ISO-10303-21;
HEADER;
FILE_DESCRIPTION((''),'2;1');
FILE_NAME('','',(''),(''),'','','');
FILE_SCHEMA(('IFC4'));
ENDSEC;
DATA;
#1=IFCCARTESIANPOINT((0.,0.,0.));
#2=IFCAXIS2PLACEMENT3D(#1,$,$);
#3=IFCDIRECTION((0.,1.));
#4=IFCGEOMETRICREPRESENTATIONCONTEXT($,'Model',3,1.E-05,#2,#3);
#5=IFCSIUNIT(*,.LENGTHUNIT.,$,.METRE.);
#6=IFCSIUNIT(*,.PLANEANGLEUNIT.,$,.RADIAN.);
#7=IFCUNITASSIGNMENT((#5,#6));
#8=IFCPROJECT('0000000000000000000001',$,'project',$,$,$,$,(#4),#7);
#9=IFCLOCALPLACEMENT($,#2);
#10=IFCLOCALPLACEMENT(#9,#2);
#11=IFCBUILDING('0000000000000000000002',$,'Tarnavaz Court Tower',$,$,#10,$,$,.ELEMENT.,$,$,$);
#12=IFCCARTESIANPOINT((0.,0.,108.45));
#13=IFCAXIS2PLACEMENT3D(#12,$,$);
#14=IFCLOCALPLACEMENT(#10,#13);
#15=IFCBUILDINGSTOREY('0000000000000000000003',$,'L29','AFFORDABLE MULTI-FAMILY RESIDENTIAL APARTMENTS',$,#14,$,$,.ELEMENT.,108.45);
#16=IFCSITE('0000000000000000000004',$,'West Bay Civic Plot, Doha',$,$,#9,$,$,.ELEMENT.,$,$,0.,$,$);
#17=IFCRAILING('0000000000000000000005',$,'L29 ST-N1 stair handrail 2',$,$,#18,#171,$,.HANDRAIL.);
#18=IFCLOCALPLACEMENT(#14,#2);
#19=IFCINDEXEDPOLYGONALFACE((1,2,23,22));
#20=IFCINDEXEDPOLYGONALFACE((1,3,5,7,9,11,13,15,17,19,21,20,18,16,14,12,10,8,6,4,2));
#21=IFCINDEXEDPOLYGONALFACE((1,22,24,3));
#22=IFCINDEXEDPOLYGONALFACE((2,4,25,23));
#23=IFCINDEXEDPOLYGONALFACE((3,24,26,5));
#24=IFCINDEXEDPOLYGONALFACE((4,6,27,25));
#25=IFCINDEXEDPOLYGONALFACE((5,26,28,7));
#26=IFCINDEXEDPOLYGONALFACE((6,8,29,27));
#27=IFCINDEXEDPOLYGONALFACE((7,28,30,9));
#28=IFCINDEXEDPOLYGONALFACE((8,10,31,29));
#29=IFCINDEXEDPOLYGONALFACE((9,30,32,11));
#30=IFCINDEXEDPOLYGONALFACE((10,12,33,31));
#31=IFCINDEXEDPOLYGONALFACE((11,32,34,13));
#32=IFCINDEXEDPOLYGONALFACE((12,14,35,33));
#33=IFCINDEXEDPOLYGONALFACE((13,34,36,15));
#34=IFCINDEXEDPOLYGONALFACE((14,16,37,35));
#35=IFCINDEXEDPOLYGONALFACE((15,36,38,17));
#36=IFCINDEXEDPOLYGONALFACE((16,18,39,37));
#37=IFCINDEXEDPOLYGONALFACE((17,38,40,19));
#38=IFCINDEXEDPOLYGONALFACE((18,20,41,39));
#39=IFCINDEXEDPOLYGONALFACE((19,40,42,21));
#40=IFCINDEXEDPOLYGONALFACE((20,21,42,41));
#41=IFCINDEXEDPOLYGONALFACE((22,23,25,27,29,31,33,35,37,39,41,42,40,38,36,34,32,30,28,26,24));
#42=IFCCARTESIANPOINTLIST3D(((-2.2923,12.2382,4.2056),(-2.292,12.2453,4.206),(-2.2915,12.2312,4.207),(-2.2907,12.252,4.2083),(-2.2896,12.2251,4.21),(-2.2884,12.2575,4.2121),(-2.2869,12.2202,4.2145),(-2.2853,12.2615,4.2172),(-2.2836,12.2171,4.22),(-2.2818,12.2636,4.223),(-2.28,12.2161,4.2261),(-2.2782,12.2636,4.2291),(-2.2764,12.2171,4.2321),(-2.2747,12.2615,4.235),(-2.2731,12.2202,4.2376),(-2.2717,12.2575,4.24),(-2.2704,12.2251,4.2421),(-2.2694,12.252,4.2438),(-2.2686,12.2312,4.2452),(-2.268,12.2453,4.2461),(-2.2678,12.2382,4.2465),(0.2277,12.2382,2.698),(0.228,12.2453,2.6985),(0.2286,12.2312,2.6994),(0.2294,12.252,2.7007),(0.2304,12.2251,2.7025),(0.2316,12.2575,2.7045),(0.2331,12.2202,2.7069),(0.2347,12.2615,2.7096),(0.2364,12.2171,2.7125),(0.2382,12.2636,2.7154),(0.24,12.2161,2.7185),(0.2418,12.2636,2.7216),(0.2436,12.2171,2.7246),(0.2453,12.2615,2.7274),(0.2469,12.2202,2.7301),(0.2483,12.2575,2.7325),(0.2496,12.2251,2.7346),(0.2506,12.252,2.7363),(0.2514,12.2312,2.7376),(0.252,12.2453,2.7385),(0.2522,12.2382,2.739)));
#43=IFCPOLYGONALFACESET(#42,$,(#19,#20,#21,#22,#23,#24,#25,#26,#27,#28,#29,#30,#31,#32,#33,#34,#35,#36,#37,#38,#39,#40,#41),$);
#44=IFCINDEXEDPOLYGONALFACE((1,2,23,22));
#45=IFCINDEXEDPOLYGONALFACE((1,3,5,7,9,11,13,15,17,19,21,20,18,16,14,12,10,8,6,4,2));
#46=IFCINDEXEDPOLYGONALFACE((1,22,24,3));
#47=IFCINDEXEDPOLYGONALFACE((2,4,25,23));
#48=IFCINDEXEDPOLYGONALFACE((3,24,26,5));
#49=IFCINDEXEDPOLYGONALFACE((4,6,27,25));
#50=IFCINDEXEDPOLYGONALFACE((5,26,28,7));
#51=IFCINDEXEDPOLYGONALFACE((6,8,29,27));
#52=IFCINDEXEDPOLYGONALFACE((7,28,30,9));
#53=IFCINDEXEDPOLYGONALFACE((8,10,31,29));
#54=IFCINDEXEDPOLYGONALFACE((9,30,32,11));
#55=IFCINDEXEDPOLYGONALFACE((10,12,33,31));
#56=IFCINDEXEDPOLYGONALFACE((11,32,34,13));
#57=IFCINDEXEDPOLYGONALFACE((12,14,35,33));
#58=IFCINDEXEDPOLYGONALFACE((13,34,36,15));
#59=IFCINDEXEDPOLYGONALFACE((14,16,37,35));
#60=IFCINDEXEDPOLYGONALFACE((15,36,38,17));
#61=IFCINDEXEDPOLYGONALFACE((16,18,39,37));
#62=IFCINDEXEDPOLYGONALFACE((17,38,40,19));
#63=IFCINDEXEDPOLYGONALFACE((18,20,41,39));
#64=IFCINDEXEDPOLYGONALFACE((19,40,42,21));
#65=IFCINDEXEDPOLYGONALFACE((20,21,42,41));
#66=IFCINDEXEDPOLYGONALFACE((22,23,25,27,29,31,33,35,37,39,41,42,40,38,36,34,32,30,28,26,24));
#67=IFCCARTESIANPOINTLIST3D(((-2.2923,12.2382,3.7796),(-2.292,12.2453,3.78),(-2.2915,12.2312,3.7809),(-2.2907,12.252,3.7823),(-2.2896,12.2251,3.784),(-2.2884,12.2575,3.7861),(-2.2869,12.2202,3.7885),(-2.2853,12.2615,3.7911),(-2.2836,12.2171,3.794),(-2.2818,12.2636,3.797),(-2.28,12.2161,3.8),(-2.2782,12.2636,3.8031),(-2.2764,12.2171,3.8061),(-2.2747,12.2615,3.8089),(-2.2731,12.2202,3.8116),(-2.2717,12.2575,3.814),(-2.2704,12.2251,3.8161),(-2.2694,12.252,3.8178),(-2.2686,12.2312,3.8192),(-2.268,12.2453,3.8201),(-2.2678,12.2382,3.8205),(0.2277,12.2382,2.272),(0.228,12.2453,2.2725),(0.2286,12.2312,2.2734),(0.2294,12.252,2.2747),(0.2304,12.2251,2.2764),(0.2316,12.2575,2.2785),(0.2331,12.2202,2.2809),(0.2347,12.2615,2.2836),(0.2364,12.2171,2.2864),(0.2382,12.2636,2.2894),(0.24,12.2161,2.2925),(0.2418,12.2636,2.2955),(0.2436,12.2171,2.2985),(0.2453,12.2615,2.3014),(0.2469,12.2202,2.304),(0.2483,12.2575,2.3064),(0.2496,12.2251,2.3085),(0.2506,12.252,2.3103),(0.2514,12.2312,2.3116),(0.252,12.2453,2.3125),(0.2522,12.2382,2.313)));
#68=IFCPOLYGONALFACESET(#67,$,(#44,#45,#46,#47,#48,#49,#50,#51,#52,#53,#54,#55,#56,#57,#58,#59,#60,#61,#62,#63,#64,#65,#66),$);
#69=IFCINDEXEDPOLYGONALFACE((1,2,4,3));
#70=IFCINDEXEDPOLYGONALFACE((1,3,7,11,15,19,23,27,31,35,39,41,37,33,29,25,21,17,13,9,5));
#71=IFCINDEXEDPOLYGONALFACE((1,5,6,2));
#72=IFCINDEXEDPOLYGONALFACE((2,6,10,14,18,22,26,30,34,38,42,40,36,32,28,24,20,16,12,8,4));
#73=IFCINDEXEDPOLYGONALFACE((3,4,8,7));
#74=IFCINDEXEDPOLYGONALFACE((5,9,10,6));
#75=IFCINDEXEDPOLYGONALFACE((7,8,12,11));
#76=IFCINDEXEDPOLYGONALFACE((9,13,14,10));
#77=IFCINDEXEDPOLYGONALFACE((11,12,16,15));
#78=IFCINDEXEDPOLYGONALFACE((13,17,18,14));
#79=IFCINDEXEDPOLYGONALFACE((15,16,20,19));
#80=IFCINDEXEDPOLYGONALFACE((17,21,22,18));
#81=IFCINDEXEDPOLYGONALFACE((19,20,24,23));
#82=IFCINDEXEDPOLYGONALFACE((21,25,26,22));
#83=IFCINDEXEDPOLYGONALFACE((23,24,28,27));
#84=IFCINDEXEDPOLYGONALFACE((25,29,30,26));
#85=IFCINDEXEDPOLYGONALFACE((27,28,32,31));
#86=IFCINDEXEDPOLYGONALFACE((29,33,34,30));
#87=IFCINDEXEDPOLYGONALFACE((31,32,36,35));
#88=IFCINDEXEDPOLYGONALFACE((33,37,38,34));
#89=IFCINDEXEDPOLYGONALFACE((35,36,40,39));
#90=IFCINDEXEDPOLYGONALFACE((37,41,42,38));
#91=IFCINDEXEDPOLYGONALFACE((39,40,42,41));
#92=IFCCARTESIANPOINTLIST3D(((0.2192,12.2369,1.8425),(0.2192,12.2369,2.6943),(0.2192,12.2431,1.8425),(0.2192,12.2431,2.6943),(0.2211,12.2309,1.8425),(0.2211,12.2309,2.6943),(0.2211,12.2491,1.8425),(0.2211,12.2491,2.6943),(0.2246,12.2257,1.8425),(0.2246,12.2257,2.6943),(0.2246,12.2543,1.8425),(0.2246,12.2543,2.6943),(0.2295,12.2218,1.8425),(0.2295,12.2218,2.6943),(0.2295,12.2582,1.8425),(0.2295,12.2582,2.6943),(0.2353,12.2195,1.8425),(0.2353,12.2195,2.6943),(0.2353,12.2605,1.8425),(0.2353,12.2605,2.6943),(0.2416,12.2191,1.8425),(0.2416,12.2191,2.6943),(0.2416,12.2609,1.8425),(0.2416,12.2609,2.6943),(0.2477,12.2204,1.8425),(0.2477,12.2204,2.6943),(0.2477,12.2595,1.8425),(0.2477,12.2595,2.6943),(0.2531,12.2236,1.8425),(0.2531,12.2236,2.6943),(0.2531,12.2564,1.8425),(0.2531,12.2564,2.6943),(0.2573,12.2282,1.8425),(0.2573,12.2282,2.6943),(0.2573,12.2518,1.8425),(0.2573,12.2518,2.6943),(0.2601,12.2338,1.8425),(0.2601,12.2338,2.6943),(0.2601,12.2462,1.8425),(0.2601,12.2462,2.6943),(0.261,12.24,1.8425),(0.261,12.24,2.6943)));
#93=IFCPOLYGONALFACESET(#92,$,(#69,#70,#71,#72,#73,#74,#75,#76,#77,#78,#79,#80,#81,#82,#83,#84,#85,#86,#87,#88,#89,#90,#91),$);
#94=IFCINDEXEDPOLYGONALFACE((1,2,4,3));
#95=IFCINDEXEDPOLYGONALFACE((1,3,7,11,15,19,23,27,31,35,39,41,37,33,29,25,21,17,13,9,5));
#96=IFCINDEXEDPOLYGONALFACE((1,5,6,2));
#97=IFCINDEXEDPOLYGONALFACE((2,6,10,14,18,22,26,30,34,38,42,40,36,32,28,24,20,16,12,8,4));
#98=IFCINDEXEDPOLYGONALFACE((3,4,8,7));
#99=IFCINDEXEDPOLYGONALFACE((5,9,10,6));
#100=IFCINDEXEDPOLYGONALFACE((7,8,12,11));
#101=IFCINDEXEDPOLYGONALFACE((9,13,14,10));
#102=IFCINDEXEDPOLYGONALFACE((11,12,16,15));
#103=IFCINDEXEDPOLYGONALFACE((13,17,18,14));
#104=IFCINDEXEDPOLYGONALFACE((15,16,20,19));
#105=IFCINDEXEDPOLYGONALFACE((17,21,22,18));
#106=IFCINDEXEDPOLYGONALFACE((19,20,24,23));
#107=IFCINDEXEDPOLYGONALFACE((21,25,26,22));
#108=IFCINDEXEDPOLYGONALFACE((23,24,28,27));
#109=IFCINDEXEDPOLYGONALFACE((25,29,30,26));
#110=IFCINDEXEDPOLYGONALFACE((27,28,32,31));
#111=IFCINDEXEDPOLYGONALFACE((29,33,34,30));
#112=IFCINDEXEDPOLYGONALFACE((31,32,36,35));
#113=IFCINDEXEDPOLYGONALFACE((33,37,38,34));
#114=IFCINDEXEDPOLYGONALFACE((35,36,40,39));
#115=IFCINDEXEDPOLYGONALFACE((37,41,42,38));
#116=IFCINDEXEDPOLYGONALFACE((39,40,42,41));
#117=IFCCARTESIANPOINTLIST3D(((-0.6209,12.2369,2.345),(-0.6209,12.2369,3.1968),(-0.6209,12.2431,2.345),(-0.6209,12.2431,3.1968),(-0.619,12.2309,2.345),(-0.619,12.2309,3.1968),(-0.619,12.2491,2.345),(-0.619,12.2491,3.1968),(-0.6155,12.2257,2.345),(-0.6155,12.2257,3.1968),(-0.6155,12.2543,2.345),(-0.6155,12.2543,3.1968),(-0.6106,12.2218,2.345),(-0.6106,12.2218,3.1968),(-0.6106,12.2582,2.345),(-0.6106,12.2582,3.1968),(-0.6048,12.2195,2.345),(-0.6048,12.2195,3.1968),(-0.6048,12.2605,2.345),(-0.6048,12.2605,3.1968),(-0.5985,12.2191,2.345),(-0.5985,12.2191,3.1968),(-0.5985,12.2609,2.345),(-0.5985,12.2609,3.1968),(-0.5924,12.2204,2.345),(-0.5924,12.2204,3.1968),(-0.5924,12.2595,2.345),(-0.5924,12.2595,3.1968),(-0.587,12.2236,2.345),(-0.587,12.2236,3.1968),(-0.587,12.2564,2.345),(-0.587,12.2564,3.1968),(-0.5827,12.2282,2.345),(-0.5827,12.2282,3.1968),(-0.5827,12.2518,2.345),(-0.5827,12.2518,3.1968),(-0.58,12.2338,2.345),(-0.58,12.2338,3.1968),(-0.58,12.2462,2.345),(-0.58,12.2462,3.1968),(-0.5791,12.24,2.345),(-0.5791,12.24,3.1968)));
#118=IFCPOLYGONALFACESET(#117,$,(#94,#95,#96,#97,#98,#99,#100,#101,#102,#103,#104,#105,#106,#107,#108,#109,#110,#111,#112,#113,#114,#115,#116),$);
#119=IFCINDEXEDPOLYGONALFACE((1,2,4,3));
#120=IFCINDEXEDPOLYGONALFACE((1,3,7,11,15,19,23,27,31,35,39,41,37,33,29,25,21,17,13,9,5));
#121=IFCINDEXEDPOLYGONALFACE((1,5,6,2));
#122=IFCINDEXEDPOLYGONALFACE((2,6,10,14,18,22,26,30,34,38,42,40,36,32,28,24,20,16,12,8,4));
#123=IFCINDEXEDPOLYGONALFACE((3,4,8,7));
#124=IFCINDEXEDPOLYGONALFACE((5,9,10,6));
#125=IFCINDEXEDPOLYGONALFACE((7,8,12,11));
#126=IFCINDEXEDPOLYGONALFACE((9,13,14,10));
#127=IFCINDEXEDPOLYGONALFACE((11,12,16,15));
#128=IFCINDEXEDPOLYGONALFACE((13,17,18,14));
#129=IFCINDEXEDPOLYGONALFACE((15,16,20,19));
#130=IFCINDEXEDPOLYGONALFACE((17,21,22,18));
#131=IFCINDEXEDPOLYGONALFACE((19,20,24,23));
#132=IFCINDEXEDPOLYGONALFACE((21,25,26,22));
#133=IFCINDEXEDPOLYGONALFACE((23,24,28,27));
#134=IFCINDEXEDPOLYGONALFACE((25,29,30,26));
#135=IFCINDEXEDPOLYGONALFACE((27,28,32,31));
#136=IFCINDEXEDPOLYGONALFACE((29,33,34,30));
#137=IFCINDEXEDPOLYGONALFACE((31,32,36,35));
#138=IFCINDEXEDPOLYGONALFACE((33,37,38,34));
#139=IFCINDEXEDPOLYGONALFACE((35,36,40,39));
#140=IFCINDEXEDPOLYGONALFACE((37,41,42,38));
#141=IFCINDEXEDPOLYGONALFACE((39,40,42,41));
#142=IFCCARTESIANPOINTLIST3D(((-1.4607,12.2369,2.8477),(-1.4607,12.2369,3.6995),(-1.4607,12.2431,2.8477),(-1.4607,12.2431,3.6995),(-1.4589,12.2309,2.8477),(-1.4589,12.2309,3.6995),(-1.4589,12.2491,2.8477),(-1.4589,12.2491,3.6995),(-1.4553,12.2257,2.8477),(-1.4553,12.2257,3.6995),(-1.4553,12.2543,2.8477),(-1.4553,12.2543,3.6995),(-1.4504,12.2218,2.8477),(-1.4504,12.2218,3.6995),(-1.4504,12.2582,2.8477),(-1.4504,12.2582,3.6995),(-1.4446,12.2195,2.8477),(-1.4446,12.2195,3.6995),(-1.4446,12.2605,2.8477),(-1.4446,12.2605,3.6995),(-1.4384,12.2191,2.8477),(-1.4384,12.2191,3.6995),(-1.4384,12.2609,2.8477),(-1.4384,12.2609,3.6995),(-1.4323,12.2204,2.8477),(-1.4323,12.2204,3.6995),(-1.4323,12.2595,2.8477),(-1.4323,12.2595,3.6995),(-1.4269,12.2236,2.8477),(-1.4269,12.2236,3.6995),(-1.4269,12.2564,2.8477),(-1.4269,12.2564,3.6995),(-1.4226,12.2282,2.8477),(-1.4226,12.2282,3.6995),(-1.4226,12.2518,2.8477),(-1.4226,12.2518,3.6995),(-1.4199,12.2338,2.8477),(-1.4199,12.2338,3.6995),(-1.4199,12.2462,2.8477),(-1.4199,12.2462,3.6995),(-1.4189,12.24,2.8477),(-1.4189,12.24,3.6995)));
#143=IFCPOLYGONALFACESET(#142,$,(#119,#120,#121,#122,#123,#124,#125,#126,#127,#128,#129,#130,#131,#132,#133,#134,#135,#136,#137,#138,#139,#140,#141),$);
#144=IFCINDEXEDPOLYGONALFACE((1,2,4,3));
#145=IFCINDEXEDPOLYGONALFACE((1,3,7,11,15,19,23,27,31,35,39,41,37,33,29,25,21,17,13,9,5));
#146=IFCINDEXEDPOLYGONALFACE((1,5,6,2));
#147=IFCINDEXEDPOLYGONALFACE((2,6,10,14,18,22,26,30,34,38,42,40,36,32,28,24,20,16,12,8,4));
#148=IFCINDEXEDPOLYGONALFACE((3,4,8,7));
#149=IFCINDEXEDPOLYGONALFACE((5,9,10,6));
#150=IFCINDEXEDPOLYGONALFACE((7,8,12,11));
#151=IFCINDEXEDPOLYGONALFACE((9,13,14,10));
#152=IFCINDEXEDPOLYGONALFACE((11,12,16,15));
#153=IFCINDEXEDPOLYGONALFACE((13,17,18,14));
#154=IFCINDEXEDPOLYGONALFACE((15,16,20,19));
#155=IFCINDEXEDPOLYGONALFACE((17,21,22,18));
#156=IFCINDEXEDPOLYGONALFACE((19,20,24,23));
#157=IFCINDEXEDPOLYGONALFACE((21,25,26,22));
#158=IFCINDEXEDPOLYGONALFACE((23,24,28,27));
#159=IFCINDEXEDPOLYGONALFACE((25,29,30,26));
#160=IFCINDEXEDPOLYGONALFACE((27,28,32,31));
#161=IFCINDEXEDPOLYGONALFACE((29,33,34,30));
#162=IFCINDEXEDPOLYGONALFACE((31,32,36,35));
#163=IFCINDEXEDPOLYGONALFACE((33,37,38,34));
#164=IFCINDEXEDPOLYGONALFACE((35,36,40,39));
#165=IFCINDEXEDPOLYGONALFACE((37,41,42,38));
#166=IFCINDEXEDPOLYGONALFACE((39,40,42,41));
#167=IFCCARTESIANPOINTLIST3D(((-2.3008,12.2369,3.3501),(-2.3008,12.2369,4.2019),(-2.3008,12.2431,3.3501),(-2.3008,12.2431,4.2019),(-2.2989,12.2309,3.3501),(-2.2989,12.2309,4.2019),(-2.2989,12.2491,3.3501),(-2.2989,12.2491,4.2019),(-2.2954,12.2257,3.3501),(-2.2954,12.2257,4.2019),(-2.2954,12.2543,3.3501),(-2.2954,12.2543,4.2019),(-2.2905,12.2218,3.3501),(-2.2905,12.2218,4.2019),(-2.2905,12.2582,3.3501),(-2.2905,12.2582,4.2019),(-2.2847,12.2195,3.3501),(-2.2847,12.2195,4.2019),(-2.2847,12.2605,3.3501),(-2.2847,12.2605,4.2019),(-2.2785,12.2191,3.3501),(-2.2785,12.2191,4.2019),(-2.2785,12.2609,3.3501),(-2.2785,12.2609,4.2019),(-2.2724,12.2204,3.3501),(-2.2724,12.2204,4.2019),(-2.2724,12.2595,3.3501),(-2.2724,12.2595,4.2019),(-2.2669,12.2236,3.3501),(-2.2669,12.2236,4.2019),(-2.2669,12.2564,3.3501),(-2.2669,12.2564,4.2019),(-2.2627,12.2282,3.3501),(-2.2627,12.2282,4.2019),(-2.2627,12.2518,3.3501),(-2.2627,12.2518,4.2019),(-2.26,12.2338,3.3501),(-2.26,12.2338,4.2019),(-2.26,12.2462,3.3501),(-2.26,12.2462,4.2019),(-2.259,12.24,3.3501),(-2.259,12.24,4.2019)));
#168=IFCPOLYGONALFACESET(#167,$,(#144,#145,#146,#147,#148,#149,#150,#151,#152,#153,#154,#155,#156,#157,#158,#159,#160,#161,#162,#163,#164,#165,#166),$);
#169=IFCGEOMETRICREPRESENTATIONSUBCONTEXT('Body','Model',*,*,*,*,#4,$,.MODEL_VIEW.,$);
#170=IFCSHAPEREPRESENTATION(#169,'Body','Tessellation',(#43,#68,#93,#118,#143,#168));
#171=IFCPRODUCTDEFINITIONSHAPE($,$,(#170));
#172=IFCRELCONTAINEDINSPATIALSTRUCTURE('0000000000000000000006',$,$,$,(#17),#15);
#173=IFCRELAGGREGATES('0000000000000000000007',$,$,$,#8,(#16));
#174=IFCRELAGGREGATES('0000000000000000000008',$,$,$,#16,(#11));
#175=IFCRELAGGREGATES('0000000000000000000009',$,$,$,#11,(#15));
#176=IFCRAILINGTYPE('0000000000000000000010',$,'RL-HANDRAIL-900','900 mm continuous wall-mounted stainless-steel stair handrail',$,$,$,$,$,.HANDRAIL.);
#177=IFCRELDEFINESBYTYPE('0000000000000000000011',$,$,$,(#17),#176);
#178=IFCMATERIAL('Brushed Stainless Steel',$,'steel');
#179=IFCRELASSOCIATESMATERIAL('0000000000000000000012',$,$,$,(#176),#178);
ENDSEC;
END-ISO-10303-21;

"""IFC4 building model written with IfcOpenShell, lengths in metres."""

from ifc_helpers import new_model, si_unit, direction, frame, origin, origin_2d, place, context, subcontext, project, spatial, circle, extrude, material, type_object, element, save


model = new_model("IFC4")

# Units and contexts
model_context = context("Model", 3, precision=1e-05, world=origin(), true_north=direction((0.0, 1.0)))
body_context = subcontext(model_context, "Body", "Model", "MODEL_VIEW")
ifc_project = project(units=[si_unit("LENGTHUNIT", "METRE"), si_unit("PLANEANGLEUNIT", "RADIAN")], contexts=[model_context])

# Site, building, storey
site_placement = place(None, origin())
site = spatial("IfcSite", under=ifc_project, at=site_placement, Name="West Bay Civic Plot, Doha", CompositionType="ELEMENT", RefElevation=0.0)
building_placement = place(site_placement, origin())
building = spatial("IfcBuilding", under=site, at=building_placement, Name="Tarnavaz Court Tower", CompositionType="ELEMENT")
storey_placement = place(building_placement, frame((0.0, 0.0, 108.45)))
storey = spatial("IfcBuildingStorey", under=building, at=storey_placement, Name="L29", Description="AFFORDABLE MULTI-FAMILY RESIDENTIAL APARTMENTS", CompositionType="ELEMENT", Elevation=108.45)

# Railing
ifc_material_1 = material(Name="Brushed Stainless Steel", Category="steel")
railing_type_1 = type_object("IfcRailingType", Name="RL-HANDRAIL-900", Description="900 mm continuous wall-mounted stainless-steel stair handrail", PredefinedType="HANDRAIL", material=ifc_material_1)
railing_1_placement = place(storey_placement, frame((0.24, 12.24, 1.8425)))
element("IfcRailing", 1, at=railing_1_placement, inside=storey, type_object=railing_type_1, Name="L29 ST-N1 stair handrail 2", PredefinedType="HANDRAIL", context=body_context, shape_type="SweptSolid", body=[
    extrude(circle(Radius=0.0239, at=origin_2d()), frame((0.0, 0.0, 0.876), z_axis=(-0.85816, 0.0, 0.513383), x_axis=(0.0, -1.0, 0.0)), (0.0, 0.0, 1.0), 2.9365),
    extrude(circle(Radius=0.0239, at=origin_2d()), frame((0.0, 0.0, 0.45), z_axis=(-0.85816, 0.0, 0.513383), x_axis=(0.0, -1.0, 0.0)), (0.0, 0.0, 1.0), 2.9365),
    extrude(circle(Radius=0.021, at=origin_2d()), origin(), (0.0, 0.0, 1.0), 0.8518),
    extrude(circle(Radius=0.021, at=origin_2d()), frame((-0.8401, 0.0, 0.5024)), (0.0, 0.0, 1.0), 0.8518),
    extrude(circle(Radius=0.021, at=origin_2d()), frame((-1.6799, 0.0, 1.0051)), (0.0, 0.0, 1.0), 0.8518),
    extrude(circle(Radius=0.021, at=origin_2d()), frame((-2.52, 0.0, 1.5076)), (0.0, 0.0, 1.0), 0.8518),
])

save(model, "model.ifc")
